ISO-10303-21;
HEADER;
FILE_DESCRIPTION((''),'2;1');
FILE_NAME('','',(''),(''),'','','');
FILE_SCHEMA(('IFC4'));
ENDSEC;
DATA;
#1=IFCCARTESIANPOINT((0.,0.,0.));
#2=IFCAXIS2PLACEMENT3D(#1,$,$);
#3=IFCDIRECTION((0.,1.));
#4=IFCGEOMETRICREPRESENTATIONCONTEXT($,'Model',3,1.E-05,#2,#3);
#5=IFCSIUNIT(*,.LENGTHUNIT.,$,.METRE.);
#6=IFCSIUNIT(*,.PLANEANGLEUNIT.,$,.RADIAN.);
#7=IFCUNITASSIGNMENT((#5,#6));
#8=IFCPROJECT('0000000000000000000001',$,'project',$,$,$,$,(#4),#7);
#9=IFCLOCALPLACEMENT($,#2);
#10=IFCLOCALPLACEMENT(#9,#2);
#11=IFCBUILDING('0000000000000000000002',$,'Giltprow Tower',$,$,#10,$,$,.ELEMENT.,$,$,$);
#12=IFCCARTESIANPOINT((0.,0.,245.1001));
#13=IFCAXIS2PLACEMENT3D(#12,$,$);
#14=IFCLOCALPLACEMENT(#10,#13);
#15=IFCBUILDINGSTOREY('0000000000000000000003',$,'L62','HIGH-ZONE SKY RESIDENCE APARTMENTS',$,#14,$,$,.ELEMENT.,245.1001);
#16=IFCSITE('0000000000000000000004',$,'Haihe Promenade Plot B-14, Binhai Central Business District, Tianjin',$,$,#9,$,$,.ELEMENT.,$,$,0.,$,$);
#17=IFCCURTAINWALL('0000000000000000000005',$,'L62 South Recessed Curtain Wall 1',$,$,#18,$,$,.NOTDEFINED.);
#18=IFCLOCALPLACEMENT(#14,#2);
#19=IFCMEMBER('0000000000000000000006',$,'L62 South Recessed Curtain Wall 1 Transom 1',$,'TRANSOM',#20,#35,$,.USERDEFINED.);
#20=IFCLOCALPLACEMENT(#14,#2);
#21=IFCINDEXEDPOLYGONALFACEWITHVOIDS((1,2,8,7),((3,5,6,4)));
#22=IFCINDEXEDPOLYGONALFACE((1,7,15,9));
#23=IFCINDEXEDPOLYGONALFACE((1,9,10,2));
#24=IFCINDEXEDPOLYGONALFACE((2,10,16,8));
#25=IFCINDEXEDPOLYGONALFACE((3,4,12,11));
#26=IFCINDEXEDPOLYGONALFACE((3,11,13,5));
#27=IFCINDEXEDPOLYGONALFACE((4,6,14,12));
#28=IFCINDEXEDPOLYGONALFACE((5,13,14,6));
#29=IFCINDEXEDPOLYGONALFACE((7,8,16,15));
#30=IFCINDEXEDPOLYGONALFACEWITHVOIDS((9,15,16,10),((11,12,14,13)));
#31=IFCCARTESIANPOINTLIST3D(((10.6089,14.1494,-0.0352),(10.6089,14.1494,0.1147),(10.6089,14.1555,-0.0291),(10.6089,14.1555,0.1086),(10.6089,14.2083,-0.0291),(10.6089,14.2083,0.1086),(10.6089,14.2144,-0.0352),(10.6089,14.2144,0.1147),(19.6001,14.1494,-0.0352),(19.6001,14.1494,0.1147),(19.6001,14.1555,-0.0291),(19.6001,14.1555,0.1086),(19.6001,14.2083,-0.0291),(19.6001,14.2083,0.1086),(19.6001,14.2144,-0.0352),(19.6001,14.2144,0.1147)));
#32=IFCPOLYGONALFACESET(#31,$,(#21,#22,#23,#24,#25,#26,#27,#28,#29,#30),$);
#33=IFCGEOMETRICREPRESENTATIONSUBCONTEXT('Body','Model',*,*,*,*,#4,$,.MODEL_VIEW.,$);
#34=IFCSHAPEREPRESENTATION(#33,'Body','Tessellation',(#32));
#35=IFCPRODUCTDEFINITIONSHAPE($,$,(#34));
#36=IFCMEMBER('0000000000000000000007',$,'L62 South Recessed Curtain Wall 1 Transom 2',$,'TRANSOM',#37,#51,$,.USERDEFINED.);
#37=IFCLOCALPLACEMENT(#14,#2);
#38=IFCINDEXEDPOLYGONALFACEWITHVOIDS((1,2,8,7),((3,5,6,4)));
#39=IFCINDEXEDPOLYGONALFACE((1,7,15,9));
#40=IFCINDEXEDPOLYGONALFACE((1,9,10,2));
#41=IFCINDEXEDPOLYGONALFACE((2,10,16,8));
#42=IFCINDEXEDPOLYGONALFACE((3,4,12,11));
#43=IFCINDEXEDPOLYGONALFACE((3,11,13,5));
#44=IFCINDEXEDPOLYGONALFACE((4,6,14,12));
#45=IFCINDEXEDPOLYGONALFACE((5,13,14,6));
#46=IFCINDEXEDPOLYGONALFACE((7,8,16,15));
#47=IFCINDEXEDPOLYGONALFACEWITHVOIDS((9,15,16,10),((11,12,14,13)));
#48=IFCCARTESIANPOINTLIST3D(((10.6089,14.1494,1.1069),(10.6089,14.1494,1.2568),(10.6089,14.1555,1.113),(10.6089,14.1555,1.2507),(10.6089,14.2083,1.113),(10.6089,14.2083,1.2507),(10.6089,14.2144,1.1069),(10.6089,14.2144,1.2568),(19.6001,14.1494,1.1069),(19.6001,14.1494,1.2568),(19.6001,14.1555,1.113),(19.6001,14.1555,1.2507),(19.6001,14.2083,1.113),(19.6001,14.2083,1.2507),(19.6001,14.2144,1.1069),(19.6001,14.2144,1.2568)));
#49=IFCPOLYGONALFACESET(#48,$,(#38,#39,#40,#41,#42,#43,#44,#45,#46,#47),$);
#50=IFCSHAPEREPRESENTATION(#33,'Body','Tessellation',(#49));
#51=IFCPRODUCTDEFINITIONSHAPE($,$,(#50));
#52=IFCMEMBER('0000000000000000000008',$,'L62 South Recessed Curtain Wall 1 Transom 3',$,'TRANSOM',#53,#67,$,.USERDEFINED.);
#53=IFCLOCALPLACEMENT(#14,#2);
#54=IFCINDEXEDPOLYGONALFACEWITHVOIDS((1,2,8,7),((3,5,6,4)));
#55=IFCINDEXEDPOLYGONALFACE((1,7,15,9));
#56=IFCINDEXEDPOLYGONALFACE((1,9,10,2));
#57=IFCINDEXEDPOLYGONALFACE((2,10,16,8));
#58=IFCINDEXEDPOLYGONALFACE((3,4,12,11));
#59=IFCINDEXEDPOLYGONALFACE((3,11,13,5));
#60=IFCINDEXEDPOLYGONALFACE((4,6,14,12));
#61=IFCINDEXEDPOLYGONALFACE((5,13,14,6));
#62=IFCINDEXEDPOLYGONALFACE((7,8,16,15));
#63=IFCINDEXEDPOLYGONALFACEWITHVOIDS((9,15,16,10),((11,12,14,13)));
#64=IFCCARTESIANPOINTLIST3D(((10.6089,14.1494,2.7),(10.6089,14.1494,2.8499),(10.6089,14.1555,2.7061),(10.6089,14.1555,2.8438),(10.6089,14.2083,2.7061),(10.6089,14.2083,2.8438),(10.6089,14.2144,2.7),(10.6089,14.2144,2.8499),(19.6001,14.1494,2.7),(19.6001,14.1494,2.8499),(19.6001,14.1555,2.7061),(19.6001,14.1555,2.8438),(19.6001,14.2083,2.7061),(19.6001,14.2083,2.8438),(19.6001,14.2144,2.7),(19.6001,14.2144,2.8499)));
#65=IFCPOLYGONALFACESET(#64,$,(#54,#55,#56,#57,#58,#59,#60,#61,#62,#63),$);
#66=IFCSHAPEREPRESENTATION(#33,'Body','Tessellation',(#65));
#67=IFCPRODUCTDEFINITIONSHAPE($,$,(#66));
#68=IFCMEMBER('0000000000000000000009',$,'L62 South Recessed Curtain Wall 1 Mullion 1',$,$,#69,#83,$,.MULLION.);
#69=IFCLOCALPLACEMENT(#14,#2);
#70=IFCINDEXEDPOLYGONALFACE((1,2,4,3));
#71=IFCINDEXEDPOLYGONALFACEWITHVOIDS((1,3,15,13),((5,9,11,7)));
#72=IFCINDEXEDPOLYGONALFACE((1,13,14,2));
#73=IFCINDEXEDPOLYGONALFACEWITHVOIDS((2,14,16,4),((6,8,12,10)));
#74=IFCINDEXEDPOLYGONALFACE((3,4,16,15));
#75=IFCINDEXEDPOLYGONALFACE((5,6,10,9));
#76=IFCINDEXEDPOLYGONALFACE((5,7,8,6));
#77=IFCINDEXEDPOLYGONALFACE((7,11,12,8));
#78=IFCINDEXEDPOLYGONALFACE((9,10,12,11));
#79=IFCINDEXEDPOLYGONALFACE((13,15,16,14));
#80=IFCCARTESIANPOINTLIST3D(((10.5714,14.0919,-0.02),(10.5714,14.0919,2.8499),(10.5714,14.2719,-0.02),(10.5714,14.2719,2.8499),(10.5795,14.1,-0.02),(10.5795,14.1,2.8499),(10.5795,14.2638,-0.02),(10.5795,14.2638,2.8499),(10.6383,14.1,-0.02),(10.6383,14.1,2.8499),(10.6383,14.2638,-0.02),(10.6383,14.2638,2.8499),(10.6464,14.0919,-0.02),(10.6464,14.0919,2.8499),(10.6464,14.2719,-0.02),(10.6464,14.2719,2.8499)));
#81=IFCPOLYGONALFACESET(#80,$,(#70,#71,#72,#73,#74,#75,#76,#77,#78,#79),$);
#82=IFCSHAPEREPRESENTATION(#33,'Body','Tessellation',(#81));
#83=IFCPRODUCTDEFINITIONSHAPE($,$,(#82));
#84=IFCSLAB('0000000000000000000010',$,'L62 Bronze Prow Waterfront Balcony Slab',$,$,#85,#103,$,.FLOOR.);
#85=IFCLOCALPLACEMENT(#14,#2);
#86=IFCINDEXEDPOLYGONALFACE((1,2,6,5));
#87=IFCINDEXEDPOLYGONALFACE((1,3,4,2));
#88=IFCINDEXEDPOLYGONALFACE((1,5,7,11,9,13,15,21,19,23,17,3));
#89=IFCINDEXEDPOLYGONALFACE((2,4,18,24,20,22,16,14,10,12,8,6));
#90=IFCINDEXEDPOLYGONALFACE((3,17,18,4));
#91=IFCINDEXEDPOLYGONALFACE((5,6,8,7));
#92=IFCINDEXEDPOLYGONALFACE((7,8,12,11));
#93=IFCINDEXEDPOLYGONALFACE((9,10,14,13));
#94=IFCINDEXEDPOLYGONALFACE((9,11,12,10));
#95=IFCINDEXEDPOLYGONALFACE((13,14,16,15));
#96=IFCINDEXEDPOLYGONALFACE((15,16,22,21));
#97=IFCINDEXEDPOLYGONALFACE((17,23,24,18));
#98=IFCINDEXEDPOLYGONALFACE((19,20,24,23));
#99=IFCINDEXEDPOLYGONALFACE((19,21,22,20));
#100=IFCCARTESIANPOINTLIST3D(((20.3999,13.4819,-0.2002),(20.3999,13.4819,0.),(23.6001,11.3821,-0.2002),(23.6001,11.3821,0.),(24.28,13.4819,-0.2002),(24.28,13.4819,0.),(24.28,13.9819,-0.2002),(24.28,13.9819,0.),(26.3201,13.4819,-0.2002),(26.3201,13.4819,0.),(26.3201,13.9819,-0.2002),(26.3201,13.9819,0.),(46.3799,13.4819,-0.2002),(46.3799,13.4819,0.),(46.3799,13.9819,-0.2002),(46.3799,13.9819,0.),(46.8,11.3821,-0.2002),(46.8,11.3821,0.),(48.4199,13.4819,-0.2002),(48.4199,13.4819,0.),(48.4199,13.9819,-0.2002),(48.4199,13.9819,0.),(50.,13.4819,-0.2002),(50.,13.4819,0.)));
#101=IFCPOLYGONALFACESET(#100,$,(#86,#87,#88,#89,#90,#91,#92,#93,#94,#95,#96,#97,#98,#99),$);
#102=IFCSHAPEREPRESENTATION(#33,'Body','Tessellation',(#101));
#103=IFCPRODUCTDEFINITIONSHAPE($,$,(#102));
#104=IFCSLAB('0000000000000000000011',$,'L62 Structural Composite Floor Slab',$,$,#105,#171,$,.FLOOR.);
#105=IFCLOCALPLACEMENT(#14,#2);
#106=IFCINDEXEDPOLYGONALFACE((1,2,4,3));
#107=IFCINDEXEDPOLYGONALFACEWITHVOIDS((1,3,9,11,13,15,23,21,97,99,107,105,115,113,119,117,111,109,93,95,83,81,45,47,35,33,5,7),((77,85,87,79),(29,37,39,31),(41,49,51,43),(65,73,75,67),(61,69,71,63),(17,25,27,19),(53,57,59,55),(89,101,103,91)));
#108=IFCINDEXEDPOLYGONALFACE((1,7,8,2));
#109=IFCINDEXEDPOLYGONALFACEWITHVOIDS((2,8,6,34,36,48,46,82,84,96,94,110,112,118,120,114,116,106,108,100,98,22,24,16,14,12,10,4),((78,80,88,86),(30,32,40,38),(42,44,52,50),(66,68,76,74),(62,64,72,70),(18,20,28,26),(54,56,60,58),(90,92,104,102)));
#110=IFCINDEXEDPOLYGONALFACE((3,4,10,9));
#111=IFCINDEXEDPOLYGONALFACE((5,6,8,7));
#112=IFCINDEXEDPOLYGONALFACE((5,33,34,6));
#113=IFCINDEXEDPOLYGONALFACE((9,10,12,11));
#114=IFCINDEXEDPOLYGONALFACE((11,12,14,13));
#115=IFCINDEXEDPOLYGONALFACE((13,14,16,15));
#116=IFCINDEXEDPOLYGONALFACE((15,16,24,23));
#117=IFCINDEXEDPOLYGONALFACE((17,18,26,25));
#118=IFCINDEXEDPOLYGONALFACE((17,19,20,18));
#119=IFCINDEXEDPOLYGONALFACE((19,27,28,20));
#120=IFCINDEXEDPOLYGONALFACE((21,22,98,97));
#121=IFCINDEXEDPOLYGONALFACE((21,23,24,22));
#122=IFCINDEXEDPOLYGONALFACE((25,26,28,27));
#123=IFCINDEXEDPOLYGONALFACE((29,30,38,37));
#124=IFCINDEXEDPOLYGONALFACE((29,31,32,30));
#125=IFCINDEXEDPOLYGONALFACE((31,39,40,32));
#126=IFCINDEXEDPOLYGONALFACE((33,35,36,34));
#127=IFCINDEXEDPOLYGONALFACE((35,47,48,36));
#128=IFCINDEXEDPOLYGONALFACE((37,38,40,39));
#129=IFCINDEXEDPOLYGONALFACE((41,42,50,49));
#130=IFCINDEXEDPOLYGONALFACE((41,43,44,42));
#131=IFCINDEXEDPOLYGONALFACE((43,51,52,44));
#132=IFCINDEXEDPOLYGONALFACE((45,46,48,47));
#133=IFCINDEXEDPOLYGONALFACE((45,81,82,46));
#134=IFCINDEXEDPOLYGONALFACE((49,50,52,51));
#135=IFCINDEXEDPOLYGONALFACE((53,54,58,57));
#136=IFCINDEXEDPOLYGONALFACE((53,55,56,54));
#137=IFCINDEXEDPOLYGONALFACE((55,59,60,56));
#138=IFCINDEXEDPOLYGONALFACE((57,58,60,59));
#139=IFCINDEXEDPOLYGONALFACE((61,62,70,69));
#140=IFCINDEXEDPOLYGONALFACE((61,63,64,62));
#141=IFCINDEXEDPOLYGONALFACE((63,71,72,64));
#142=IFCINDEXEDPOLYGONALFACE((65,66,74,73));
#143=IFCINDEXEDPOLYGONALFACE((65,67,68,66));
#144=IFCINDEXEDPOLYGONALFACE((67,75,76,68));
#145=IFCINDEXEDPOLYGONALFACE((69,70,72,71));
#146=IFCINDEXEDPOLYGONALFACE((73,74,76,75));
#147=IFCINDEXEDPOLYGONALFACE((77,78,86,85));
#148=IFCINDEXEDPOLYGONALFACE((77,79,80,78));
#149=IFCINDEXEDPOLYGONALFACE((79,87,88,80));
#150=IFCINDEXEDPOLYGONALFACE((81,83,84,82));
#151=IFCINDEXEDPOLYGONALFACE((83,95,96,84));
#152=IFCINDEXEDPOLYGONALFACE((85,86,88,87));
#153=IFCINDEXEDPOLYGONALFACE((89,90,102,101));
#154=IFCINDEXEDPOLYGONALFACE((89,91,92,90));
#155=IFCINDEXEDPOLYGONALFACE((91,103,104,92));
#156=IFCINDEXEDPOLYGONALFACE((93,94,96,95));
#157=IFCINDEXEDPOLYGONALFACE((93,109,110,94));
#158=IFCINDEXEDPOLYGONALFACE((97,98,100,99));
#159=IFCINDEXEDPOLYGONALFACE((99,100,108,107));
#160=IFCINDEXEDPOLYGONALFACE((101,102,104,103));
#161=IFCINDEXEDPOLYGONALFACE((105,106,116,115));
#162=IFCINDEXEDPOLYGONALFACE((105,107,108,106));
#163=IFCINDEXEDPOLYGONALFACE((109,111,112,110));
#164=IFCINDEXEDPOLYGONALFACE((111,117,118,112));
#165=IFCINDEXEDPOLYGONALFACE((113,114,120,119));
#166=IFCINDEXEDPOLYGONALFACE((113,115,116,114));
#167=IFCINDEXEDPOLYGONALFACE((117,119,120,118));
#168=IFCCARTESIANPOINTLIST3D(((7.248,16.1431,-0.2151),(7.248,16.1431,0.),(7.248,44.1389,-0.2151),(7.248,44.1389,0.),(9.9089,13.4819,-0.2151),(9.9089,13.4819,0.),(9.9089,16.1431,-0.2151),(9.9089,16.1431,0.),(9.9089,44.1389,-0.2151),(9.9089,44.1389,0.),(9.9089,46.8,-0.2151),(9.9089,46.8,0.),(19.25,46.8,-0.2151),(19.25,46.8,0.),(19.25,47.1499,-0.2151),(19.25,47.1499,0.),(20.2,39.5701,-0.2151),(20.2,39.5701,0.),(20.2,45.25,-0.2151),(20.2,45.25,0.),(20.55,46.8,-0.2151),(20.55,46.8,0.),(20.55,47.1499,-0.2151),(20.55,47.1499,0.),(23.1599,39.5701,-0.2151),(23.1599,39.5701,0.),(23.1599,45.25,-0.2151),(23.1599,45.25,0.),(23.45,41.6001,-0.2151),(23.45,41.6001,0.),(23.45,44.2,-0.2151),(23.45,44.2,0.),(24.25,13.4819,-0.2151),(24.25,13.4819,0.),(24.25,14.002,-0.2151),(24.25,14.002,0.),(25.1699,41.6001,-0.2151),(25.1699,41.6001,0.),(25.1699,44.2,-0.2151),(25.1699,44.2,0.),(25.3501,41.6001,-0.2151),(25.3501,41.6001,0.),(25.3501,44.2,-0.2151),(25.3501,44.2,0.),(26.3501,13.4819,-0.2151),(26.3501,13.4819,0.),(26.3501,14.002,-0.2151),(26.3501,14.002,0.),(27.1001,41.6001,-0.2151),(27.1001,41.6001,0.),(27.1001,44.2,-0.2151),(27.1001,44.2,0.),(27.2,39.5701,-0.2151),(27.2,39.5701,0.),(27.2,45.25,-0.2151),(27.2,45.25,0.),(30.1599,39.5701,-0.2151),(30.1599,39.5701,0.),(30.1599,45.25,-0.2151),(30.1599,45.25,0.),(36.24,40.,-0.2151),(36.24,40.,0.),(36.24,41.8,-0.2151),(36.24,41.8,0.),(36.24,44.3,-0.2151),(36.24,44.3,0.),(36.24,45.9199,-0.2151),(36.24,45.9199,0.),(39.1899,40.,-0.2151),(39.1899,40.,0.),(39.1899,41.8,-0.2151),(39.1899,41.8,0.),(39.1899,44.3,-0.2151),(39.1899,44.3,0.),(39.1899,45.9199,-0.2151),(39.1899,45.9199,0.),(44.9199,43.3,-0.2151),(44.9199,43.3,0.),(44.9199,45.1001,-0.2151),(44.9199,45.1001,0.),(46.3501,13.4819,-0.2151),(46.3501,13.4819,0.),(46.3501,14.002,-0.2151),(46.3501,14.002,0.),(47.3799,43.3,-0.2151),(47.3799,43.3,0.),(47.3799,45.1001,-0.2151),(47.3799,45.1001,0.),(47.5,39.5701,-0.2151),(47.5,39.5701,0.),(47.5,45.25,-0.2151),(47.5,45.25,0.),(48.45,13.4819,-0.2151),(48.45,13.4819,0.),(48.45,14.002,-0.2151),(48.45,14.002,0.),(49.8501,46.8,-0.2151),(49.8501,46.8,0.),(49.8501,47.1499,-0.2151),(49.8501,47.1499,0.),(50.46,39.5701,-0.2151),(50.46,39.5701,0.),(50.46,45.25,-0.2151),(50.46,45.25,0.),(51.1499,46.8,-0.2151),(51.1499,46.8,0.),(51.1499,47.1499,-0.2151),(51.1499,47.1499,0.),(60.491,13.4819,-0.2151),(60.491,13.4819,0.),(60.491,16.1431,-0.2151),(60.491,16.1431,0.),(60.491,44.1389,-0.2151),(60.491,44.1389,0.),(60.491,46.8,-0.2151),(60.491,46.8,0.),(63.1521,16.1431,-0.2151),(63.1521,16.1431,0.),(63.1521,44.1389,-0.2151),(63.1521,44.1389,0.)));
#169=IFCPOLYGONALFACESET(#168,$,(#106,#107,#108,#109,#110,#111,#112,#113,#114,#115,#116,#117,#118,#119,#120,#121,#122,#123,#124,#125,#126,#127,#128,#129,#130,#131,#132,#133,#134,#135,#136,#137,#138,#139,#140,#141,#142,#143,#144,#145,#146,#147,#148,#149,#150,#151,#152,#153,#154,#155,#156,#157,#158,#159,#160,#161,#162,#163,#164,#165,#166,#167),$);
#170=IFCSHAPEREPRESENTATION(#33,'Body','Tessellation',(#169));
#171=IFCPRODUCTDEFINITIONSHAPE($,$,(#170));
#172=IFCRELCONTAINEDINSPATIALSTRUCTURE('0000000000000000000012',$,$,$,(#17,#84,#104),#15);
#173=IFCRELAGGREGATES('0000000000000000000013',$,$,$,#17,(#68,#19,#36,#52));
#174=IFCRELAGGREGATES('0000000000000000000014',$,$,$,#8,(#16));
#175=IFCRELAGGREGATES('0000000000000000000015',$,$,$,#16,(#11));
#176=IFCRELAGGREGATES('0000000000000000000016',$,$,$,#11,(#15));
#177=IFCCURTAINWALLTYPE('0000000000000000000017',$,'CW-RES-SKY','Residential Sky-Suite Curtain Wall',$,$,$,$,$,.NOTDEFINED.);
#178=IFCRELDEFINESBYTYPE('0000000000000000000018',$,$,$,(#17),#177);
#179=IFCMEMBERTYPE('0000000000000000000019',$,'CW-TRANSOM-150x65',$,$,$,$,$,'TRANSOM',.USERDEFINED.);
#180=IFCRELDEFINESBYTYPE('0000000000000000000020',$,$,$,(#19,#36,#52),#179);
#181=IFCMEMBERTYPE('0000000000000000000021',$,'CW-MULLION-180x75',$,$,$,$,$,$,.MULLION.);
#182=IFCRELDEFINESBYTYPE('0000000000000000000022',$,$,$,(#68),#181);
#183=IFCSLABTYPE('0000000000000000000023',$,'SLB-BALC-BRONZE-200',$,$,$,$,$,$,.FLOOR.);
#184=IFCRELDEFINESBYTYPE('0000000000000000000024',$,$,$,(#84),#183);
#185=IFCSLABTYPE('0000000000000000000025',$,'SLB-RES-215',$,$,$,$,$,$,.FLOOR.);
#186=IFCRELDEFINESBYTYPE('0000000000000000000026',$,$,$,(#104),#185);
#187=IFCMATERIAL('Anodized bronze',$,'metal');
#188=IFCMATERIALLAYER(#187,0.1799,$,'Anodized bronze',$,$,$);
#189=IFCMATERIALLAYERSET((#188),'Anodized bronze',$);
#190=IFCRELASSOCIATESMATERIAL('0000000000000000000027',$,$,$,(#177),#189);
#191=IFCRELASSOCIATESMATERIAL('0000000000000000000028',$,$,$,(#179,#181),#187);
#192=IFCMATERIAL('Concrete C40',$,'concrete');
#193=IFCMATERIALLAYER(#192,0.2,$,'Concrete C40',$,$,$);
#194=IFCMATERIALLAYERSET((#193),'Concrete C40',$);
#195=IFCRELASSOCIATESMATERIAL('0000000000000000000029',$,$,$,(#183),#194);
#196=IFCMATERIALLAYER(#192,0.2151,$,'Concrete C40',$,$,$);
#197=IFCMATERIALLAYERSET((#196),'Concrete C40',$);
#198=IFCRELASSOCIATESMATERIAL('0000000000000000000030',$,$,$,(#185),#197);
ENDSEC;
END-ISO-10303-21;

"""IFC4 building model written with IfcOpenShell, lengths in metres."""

from ifc_helpers import new_model, si_unit, direction, frame, origin, origin_2d, place, context, subcontext, project, spatial, polyline, hollow_rectangle, outline, extrude, source, transform, mapped, material, layer, layer_set, material_profile, profile_set, type_object, element, aggregate, save


model = new_model("IFC4")

# Units and contexts
model_context = context("Model", 3, precision=1e-05, world=origin(), true_north=direction((0.0, 1.0)))
body_context = subcontext(model_context, "Body", "Model", "MODEL_VIEW")
ifc_project = project(units=[si_unit("LENGTHUNIT", "METRE"), si_unit("PLANEANGLEUNIT", "RADIAN")], contexts=[model_context])

# Site, building, storey
site_placement = place(None, origin())
site = spatial("IfcSite", under=ifc_project, at=site_placement, Name="Haihe Promenade Plot B-14, Binhai Central Business District, Tianjin", CompositionType="ELEMENT", RefElevation=0.0)
building_placement = place(site_placement, origin())
building = spatial("IfcBuilding", under=site, at=building_placement, Name="Giltprow Tower", CompositionType="ELEMENT")
storey_placement = place(building_placement, frame((0.0, 0.0, 245.1001)))
storey = spatial("IfcBuildingStorey", under=building, at=storey_placement, Name="L62", Description="HIGH-ZONE SKY RESIDENCE APARTMENTS", CompositionType="ELEMENT", Elevation=245.1001)

# Curtain wall, members
ifc_material_1 = material(Name="Anodized bronze", Category="metal")
ifc_layer_1 = layer(ifc_material_1, 0.1799, Name="Anodized bronze")
ifc_layer_set_1 = layer_set([ifc_layer_1], Name="Anodized bronze")
curtain_wall_type = type_object("IfcCurtainWallType", Name="CW-RES-SKY", Description="Residential Sky-Suite Curtain Wall", PredefinedType="NOTDEFINED", material=ifc_layer_set_1)
curtain_wall_placement = place(storey_placement, origin())
curtain_wall = element("IfcCurtainWall", 1, at=curtain_wall_placement, inside=storey, type_object=curtain_wall_type, Name="L62 South Recessed Curtain Wall 1", PredefinedType="NOTDEFINED")
ifc_material_profile_1 = material_profile(ifc_material_1, hollow_rectangle(XDim=0.0649, YDim=0.1499, WallThickness=0.0061, at=origin_2d()), Name="RHS 150x65x6")
ifc_profile_set_1 = profile_set([ifc_material_profile_1], Name="Anodized bronze")
member_type_1 = type_object("IfcMemberType", Name="CW-TRANSOM-150x65", ElementType="TRANSOM", PredefinedType="USERDEFINED", material=ifc_profile_set_1)
shared_shape_1 = source(origin(), body_context, "Body", "SweptSolid", [
    extrude(hollow_rectangle(XDim=0.0649, YDim=0.1499, WallThickness=0.0061, at=origin_2d()), origin(), (0.0, 0.0, 1.0), 8.9912),
])
member_1_placement = place(storey_placement, frame((10.6089, 14.1819, 0.0398), z_axis=(1.0, 0.0, 0.0), x_axis=(0.0, 1.0, 0.0)))
member_1 = element("IfcMember", 2, at=member_1_placement, type_object=member_type_1, Name="L62 South Recessed Curtain Wall 1 Transom 1", ObjectType="TRANSOM", PredefinedType="USERDEFINED", context=body_context, shape_type="MappedRepresentation", body=[
    mapped(shared_shape_1, transform((0.0, 0.0, 0.0), x_axis=(1.0, 0.0, 0.0), y_axis=(0.0, 1.0, 0.0), z_axis=(0.0, 0.0, 1.0), scale=1.0)),
])
member_2_placement = place(storey_placement, frame((10.6089, 14.1819, 1.1819), z_axis=(1.0, 0.0, 0.0), x_axis=(0.0, 1.0, 0.0)))
member_2 = element("IfcMember", 3, at=member_2_placement, type_object=member_type_1, Name="L62 South Recessed Curtain Wall 1 Transom 2", ObjectType="TRANSOM", PredefinedType="USERDEFINED", context=body_context, shape_type="MappedRepresentation", body=[
    mapped(shared_shape_1, transform((0.0, 0.0, 0.0), x_axis=(1.0, 0.0, 0.0), y_axis=(0.0, 1.0, 0.0), z_axis=(0.0, 0.0, 1.0), scale=1.0)),
])
member_3_placement = place(storey_placement, frame((10.6089, 14.1819, 2.7749), z_axis=(1.0, 0.0, 0.0), x_axis=(0.0, 1.0, 0.0)))
member_3 = element("IfcMember", 4, at=member_3_placement, type_object=member_type_1, Name="L62 South Recessed Curtain Wall 1 Transom 3", ObjectType="TRANSOM", PredefinedType="USERDEFINED", context=body_context, shape_type="MappedRepresentation", body=[
    mapped(shared_shape_1, transform((0.0, 0.0, 0.0), x_axis=(1.0, 0.0, 0.0), y_axis=(0.0, 1.0, 0.0), z_axis=(0.0, 0.0, 1.0), scale=1.0)),
])
ifc_material_profile_2 = material_profile(ifc_material_1, hollow_rectangle(XDim=0.075, YDim=0.1799, WallThickness=0.0081, at=origin_2d()), Name="RHS 180x75x8")
ifc_profile_set_2 = profile_set([ifc_material_profile_2], Name="Anodized bronze")
member_type_2 = type_object("IfcMemberType", Name="CW-MULLION-180x75", PredefinedType="MULLION", material=ifc_profile_set_2)
shared_shape_2 = source(origin(), body_context, "Body", "SweptSolid", [
    extrude(hollow_rectangle(XDim=0.075, YDim=0.1799, WallThickness=0.0081, at=origin_2d()), origin(), (0.0, 0.0, 1.0), 2.8699),
])
member_4_placement = place(storey_placement, frame((10.6089, 14.1819, -0.02), z_axis=(0.0, 0.0, 1.0), x_axis=(1.0, 0.0, 0.0)))
member_4 = element("IfcMember", 5, at=member_4_placement, type_object=member_type_2, Name="L62 South Recessed Curtain Wall 1 Mullion 1", PredefinedType="MULLION", context=body_context, shape_type="MappedRepresentation", body=[
    mapped(shared_shape_2, transform((0.0, 0.0, 0.0), x_axis=(1.0, 0.0, 0.0), y_axis=(0.0, 1.0, 0.0), z_axis=(0.0, 0.0, 1.0), scale=1.0)),
])

# Slabs
ifc_material_2 = material(Name="Concrete C40", Category="concrete")
ifc_layer_2 = layer(ifc_material_2, 0.2, Name="Concrete C40")
ifc_layer_set_2 = layer_set([ifc_layer_2], Name="Concrete C40")
slab_type_1 = type_object("IfcSlabType", Name="SLB-BALC-BRONZE-200", PredefinedType="FLOOR", material=ifc_layer_set_2)
slab_1_placement = place(storey_placement, frame((0.0, 0.0, -0.2002)))
element("IfcSlab", 6, at=slab_1_placement, inside=storey, type_object=slab_type_1, Name="L62 Bronze Prow Waterfront Balcony Slab", PredefinedType="FLOOR", context=body_context, shape_type="SweptSolid", body=[
    extrude(outline(polyline([(50.0, 13.4819), (46.8, 11.3821), (23.6001, 11.3821), (20.3999, 13.4819), (24.28, 13.4819), (24.28, 13.9819), (26.3201, 13.9819), (26.3201, 13.4819), (46.3799, 13.4819), (46.3799, 13.9819), (48.4199, 13.9819), (48.4199, 13.4819), (50.0, 13.4819)])), origin(), (0.0, 0.0, 1.0), 0.2002),
])
ifc_layer_3 = layer(ifc_material_2, 0.2151, Name="Concrete C40")
ifc_layer_set_3 = layer_set([ifc_layer_3], Name="Concrete C40")
slab_type_2 = type_object("IfcSlabType", Name="SLB-RES-215", PredefinedType="FLOOR", material=ifc_layer_set_3)
slab_2_placement = place(storey_placement, frame((0.0, 0.0, -0.2151)))
element("IfcSlab", 7, at=slab_2_placement, inside=storey, type_object=slab_type_2, Name="L62 Structural Composite Floor Slab", PredefinedType="FLOOR", context=body_context, shape_type="SweptSolid", body=[
    extrude(outline(polyline([(63.1521, 44.1389), (63.1521, 16.1431), (60.491, 16.1431), (60.491, 13.4819), (48.45, 13.4819), (48.45, 14.002), (46.3501, 14.002), (46.3501, 13.4819), (26.3501, 13.4819), (26.3501, 14.002), (24.25, 14.002), (24.25, 13.4819), (9.9089, 13.4819), (9.9089, 16.1431), (7.248, 16.1431), (7.248, 44.1389), (9.9089, 44.1389), (9.9089, 46.8), (19.25, 46.8), (19.25, 47.1499), (20.55, 47.1499), (20.55, 46.8), (49.8501, 46.8), (49.8501, 47.1499), (51.1499, 47.1499), (51.1499, 46.8), (60.491, 46.8), (60.491, 44.1389), (63.1521, 44.1389)]), holes=[polyline([(39.1899, 41.8), (36.24, 41.8), (36.24, 40.0), (39.1899, 40.0), (39.1899, 41.8)]), polyline([(23.1599, 39.5701), (23.1599, 45.25), (20.2, 45.25), (20.2, 39.5701), (23.1599, 39.5701)]), polyline([(30.1599, 39.5701), (30.1599, 45.25), (27.2, 45.25), (27.2, 39.5701), (30.1599, 39.5701)]), polyline([(50.46, 45.25), (47.5, 45.25), (47.5, 39.5701), (50.46, 39.5701), (50.46, 45.25)]), polyline([(25.1699, 44.2), (23.45, 44.2), (23.45, 41.6001), (25.1699, 41.6001), (25.1699, 44.2)]), polyline([(27.1001, 44.2), (25.3501, 44.2), (25.3501, 41.6001), (27.1001, 41.6001), (27.1001, 44.2)]), polyline([(47.3799, 43.3), (47.3799, 45.1001), (44.9199, 45.1001), (44.9199, 43.3), (47.3799, 43.3)]), polyline([(39.1899, 44.3), (39.1899, 45.9199), (36.24, 45.9199), (36.24, 44.3), (39.1899, 44.3)])]), origin(), (0.0, 0.0, 1.0), 0.2151),
])

aggregate(curtain_wall, [member_4, member_1, member_2, member_3])

save(model, "model.ifc")
